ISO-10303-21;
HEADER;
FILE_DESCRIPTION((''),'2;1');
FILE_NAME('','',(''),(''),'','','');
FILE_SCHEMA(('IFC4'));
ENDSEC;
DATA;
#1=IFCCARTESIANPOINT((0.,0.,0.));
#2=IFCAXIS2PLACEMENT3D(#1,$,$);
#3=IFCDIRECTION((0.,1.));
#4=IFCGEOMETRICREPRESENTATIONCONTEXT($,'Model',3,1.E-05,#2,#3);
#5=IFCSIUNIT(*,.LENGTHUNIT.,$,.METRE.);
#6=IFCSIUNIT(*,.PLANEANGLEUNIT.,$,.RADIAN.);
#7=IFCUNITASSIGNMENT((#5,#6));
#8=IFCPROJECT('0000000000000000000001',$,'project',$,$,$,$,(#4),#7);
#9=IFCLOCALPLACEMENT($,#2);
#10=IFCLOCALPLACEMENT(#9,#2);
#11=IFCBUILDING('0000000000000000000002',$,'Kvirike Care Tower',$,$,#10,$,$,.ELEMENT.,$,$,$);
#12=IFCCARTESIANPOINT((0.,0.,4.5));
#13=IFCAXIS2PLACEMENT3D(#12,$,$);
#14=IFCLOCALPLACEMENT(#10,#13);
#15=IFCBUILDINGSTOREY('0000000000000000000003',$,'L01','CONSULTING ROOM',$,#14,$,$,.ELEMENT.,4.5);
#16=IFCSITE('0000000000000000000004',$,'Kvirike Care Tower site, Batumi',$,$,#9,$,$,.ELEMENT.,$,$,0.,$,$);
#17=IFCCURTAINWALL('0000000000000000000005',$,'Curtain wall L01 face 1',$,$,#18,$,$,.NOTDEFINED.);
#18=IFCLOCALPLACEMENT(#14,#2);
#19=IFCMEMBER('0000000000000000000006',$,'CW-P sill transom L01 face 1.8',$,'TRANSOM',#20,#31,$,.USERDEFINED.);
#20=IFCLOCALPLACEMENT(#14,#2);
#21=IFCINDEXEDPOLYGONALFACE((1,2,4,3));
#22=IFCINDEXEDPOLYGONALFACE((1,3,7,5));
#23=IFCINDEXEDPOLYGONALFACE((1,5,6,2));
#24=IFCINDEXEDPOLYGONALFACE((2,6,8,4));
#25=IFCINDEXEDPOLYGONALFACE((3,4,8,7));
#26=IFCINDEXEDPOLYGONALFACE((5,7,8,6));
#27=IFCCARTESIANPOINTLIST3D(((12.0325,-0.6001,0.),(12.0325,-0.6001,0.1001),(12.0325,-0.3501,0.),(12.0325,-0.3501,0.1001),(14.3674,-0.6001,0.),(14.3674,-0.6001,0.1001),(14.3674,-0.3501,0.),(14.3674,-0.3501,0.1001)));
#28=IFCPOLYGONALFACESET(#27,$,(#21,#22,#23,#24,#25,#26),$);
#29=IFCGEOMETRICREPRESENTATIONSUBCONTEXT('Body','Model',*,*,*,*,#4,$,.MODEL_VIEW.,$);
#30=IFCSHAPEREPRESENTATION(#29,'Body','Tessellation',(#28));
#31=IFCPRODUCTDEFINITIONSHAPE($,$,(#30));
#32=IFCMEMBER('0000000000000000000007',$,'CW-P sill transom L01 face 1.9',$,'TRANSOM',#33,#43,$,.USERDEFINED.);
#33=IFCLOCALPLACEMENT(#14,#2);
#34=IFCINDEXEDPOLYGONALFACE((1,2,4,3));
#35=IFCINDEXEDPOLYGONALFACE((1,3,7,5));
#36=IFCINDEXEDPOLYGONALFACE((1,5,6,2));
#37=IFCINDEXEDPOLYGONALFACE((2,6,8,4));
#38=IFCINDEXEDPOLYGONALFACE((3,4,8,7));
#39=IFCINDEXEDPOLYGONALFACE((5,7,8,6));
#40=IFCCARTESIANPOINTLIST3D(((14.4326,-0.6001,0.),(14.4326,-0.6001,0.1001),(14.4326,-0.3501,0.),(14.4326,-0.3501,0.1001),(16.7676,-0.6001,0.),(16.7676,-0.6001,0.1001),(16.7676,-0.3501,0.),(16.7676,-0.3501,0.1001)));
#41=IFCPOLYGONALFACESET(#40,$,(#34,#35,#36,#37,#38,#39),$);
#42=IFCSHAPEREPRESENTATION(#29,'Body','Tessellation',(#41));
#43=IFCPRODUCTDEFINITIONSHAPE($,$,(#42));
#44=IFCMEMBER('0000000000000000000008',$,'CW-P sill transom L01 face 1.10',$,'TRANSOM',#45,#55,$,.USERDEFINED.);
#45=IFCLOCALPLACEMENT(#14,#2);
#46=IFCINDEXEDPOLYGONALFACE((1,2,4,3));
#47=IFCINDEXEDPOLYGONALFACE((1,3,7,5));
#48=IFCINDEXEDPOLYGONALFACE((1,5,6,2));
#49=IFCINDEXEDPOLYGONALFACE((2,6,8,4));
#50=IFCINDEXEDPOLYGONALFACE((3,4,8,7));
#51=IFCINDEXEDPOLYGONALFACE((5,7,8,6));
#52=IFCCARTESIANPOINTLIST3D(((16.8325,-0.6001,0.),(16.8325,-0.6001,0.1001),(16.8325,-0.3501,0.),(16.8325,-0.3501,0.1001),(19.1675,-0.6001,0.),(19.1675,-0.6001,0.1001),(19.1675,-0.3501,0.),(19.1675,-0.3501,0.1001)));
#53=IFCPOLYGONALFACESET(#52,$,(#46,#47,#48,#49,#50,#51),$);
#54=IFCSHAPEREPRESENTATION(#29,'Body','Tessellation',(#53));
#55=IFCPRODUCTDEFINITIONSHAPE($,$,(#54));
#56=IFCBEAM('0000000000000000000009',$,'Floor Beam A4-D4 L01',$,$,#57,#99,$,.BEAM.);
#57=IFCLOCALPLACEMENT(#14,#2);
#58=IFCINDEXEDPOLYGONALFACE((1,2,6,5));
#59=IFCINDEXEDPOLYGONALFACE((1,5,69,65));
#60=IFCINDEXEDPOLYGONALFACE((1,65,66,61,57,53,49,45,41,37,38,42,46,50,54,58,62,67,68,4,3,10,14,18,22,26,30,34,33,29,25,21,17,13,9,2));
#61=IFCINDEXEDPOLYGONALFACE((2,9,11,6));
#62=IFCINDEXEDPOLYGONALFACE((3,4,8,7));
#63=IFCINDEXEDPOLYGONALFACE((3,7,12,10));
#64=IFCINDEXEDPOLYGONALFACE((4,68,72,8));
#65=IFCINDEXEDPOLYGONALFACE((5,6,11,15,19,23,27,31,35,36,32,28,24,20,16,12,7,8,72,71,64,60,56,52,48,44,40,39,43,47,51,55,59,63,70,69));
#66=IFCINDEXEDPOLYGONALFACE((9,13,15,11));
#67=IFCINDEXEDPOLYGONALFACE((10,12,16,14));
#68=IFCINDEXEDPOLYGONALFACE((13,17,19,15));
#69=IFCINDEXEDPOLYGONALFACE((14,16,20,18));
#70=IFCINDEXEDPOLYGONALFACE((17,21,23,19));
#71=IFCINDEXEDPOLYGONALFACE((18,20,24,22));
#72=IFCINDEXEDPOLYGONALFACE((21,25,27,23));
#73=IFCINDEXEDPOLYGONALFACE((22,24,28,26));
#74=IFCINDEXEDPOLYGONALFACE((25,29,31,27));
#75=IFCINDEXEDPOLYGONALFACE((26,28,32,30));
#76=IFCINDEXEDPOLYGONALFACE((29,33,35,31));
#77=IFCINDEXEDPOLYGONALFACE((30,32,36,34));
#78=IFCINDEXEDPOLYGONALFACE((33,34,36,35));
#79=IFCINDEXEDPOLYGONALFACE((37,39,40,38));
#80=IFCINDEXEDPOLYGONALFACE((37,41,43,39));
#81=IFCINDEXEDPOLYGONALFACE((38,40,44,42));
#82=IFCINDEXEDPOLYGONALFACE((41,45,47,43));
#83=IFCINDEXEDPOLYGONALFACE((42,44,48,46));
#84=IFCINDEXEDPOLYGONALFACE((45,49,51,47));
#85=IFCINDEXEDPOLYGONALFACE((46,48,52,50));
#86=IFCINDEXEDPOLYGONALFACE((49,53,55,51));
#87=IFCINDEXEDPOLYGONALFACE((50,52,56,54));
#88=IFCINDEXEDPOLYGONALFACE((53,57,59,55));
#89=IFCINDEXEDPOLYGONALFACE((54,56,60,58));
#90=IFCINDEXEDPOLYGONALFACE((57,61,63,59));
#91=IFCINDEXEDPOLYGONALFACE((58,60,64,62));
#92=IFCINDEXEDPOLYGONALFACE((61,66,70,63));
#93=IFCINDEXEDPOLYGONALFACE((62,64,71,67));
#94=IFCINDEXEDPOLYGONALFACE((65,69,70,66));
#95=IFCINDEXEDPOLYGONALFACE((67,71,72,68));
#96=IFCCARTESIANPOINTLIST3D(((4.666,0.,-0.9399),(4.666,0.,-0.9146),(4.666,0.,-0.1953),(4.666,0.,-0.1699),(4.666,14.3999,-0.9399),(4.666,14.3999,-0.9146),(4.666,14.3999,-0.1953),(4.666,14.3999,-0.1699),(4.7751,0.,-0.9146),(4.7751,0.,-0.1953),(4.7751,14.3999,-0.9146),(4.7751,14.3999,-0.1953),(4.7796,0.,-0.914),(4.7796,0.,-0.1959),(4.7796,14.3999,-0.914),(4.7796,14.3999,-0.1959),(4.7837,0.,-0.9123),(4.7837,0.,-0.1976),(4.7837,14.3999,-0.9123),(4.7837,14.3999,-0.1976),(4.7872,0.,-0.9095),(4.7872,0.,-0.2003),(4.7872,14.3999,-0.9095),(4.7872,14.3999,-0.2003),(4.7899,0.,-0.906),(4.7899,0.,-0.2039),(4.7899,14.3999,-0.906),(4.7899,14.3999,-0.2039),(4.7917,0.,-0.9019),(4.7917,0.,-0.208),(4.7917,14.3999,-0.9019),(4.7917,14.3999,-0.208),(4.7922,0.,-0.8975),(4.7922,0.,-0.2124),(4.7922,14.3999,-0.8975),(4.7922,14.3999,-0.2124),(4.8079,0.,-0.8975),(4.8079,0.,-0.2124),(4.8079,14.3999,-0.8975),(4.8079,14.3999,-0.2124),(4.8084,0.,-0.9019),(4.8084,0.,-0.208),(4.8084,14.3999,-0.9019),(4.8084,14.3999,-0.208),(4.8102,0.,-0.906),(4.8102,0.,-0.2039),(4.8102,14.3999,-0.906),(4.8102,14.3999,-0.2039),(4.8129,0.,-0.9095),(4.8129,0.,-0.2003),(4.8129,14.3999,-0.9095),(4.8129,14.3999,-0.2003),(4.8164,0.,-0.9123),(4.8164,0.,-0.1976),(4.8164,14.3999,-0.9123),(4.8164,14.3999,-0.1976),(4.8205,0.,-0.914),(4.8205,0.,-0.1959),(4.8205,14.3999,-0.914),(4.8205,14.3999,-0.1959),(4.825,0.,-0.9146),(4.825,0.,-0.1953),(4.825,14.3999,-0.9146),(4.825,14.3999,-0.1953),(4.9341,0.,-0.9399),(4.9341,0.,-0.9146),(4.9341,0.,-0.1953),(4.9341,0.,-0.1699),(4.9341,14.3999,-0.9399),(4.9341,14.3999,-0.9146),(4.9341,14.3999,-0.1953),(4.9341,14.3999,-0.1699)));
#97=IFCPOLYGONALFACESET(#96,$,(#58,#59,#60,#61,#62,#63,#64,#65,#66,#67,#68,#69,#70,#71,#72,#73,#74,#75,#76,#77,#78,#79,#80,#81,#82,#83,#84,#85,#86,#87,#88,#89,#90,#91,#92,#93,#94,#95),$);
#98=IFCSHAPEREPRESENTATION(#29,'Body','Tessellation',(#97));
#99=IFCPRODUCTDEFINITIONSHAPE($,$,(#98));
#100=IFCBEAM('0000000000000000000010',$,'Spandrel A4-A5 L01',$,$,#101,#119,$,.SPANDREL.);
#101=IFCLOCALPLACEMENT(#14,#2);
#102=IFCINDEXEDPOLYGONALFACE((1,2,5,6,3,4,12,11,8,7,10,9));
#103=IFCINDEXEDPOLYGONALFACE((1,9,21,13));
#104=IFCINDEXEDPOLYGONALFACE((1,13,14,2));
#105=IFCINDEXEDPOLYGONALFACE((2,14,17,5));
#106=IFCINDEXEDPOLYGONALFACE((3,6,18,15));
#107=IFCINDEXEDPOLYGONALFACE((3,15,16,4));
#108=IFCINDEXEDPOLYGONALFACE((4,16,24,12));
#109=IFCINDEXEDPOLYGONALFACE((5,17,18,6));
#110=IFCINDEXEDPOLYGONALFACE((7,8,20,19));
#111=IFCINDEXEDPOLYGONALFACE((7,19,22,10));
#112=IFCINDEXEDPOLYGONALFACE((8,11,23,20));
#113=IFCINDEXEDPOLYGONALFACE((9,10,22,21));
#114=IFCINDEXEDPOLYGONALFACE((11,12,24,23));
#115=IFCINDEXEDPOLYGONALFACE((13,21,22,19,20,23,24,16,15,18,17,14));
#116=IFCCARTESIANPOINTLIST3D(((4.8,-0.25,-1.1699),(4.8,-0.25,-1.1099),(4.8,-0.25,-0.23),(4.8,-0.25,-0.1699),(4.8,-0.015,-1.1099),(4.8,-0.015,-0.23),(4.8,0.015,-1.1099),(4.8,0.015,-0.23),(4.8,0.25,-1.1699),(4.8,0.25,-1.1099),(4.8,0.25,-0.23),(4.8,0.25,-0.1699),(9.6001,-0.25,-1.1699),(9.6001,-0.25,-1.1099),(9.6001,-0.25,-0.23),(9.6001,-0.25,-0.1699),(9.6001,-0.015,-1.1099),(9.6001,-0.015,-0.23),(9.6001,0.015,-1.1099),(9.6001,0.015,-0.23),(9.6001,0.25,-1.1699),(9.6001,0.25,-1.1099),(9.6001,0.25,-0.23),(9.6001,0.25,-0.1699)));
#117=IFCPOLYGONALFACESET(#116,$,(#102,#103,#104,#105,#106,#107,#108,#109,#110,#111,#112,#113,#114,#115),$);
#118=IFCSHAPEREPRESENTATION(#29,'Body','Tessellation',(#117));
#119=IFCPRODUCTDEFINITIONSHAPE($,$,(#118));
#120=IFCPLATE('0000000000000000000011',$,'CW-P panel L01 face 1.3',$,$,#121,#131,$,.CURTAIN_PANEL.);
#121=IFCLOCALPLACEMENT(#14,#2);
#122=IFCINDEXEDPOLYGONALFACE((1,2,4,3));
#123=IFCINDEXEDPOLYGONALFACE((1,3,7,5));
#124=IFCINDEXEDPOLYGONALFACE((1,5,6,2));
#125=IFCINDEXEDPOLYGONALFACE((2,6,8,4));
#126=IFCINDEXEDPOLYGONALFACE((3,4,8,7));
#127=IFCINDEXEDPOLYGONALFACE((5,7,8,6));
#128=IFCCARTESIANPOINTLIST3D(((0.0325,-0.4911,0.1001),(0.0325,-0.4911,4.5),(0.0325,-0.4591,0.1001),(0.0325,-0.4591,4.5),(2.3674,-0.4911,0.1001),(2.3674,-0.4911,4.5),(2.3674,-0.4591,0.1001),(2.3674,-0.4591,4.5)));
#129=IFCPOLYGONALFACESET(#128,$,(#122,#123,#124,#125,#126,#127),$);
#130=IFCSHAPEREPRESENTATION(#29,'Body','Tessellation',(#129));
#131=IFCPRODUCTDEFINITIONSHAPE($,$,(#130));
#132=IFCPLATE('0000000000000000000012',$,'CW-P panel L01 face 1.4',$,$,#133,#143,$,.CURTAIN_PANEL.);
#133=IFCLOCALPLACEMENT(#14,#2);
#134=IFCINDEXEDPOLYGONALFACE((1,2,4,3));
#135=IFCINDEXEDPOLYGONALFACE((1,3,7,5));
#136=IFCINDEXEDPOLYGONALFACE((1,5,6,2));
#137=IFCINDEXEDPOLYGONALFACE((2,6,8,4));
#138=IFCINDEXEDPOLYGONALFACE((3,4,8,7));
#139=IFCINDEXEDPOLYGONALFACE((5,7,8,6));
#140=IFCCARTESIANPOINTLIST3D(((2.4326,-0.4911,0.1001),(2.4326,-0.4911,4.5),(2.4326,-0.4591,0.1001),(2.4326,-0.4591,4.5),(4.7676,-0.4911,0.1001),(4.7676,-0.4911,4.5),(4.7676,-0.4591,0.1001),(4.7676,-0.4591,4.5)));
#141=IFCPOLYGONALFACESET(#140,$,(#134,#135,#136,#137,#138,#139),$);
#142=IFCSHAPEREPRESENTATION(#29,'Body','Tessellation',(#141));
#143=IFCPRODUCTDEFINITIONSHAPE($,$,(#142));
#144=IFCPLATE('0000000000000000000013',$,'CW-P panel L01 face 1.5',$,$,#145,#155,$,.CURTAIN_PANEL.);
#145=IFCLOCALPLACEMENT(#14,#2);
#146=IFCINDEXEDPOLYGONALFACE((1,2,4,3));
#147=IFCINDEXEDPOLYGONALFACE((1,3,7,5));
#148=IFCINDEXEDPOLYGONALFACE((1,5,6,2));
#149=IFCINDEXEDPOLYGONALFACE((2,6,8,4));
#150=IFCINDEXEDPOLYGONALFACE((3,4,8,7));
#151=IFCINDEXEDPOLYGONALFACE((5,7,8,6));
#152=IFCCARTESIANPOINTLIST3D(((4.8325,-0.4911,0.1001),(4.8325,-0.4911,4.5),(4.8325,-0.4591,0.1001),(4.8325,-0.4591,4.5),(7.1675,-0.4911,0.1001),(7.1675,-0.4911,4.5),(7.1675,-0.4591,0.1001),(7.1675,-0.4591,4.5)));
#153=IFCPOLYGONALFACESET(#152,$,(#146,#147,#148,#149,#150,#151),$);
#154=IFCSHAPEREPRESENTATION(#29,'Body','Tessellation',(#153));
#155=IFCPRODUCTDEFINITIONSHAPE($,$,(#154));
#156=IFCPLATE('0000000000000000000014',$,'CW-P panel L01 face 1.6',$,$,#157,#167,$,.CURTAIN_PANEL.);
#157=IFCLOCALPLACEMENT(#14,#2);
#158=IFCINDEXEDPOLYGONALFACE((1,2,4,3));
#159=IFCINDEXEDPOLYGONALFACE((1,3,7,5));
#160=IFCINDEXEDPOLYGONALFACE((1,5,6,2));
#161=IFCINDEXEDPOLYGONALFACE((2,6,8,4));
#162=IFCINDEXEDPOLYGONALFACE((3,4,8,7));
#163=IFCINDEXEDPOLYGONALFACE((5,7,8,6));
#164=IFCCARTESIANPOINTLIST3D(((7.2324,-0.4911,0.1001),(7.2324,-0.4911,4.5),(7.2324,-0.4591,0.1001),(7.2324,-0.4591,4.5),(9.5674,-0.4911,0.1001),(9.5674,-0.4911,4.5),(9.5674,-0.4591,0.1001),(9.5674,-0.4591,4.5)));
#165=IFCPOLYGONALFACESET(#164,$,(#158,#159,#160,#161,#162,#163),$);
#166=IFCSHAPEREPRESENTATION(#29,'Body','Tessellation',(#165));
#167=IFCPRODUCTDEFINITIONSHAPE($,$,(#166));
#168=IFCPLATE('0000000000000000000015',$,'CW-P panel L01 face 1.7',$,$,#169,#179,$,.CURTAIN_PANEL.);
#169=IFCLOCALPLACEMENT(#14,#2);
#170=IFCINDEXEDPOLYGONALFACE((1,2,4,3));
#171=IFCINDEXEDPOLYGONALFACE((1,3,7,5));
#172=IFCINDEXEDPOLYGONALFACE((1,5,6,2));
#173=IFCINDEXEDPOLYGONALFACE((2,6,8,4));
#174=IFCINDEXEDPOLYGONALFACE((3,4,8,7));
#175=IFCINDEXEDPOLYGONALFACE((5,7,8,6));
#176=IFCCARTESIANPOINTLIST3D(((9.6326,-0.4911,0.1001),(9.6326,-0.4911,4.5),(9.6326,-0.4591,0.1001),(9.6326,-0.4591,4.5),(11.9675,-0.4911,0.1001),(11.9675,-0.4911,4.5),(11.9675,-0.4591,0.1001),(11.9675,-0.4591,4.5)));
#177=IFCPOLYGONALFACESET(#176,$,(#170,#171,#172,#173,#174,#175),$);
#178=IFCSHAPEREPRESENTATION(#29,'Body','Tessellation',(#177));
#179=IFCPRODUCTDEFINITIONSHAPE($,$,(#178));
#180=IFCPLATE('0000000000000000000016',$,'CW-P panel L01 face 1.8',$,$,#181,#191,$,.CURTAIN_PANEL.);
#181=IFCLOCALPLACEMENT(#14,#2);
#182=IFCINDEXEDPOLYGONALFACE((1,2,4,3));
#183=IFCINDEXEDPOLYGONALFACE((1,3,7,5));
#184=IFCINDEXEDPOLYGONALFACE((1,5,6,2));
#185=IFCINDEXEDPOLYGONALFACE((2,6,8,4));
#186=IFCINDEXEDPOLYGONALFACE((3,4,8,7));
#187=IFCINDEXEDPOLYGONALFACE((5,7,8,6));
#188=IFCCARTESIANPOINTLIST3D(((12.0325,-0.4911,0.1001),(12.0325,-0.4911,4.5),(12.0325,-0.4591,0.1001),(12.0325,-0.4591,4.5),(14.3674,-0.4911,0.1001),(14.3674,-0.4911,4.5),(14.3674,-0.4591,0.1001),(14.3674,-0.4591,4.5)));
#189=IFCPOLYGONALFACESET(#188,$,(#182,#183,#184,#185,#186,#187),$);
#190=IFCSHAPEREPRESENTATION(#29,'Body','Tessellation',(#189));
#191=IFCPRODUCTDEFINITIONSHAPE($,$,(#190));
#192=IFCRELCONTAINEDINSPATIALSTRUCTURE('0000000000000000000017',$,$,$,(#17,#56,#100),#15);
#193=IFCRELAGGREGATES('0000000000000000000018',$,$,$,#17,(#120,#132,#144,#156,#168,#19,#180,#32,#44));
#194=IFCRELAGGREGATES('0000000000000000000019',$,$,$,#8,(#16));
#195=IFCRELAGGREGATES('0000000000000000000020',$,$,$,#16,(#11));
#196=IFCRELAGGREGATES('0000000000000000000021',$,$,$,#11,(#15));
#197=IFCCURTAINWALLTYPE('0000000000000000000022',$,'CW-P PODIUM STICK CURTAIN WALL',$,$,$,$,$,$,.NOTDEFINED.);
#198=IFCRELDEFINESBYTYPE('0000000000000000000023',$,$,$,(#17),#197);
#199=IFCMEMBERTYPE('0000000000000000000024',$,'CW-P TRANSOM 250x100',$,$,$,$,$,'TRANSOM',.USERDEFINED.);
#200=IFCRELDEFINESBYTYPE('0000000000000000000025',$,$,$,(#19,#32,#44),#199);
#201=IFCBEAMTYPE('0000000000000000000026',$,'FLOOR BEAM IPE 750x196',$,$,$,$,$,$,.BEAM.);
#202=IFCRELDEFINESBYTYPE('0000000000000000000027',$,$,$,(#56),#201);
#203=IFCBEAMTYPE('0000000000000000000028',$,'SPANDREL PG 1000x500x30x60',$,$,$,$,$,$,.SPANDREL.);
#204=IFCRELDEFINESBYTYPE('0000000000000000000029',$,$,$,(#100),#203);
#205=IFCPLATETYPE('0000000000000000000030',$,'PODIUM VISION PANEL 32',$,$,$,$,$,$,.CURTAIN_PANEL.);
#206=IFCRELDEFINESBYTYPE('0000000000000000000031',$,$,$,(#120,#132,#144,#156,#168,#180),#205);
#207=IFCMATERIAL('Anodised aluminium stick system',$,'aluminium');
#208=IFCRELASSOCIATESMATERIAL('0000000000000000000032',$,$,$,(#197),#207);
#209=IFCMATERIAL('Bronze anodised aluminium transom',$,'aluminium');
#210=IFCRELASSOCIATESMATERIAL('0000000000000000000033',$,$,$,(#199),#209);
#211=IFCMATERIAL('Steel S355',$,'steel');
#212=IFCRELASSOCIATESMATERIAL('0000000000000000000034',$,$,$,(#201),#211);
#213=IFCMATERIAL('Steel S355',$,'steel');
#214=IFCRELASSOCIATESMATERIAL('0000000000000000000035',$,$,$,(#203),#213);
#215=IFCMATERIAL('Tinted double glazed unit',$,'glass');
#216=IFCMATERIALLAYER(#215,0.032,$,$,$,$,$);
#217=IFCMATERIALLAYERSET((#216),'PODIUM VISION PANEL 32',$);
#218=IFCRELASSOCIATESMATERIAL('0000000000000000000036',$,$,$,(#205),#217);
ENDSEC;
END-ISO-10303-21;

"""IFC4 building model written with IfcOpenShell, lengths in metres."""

from ifc_helpers import new_model, si_unit, direction, frame, origin, origin_2d, place, context, subcontext, project, spatial, rectangle, i_section, extrude, material, layer, layer_set, material_profile, profile_set, type_object, element, aggregate, save


model = new_model("IFC4")

# Units and contexts
model_context = context("Model", 3, precision=1e-05, world=origin(), true_north=direction((0.0, 1.0)))
body_context = subcontext(model_context, "Body", "Model", "MODEL_VIEW")
ifc_project = project(units=[si_unit("LENGTHUNIT", "METRE"), si_unit("PLANEANGLEUNIT", "RADIAN")], contexts=[model_context])

# Site, building, storey
site_placement = place(None, origin())
site = spatial("IfcSite", under=ifc_project, at=site_placement, Name="Kvirike Care Tower site, Batumi", CompositionType="ELEMENT", RefElevation=0.0)
building_placement = place(site_placement, origin())
building = spatial("IfcBuilding", under=site, at=building_placement, Name="Kvirike Care Tower", CompositionType="ELEMENT")
storey_placement = place(building_placement, frame((0.0, 0.0, 4.5)))
storey = spatial("IfcBuildingStorey", under=building, at=storey_placement, Name="L01", Description="CONSULTING ROOM", CompositionType="ELEMENT", Elevation=4.5)

# Curtain wall, members
ifc_material_1 = material(Name="Anodised aluminium stick system", Category="aluminium")
curtain_wall_type = type_object("IfcCurtainWallType", Name="CW-P PODIUM STICK CURTAIN WALL", PredefinedType="NOTDEFINED", material=ifc_material_1)
curtain_wall_placement = place(storey_placement, origin())
curtain_wall = element("IfcCurtainWall", 1, at=curtain_wall_placement, inside=storey, type_object=curtain_wall_type, Name="Curtain wall L01 face 1", PredefinedType="NOTDEFINED")
ifc_material_2 = material(Name="Bronze anodised aluminium transom", Category="aluminium")
ifc_material_profile_1 = material_profile(ifc_material_2, rectangle(XDim=0.25, YDim=0.1001, at=origin_2d()), Name="CW-P TRANSOM 250x100")
ifc_profile_set_1 = profile_set([ifc_material_profile_1], Name="Bronze anodised aluminium transom")
member_type_1 = type_object("IfcMemberType", Name="CW-P TRANSOM 250x100", ElementType="TRANSOM", PredefinedType="USERDEFINED", material=ifc_profile_set_1)
member_1_placement = place(storey_placement, frame((12.0325, -0.4751, 0.05), z_axis=(1.0, 0.0, 0.0), x_axis=(0.0, 1.0, 0.0)))
member_1 = element("IfcMember", 2, at=member_1_placement, type_object=member_type_1, Name="CW-P sill transom L01 face 1.8", ObjectType="TRANSOM", PredefinedType="USERDEFINED", context=body_context, shape_type="SweptSolid", body=[
    extrude(rectangle(XDim=0.25, YDim=0.1001, at=origin_2d()), origin(), (0.0, 0.0, 1.0), 2.335),
])
member_2_placement = place(storey_placement, frame((14.4326, -0.4751, 0.05), z_axis=(1.0, 0.0, 0.0), x_axis=(0.0, 1.0, 0.0)))
member_2 = element("IfcMember", 3, at=member_2_placement, type_object=member_type_1, Name="CW-P sill transom L01 face 1.9", ObjectType="TRANSOM", PredefinedType="USERDEFINED", context=body_context, shape_type="SweptSolid", body=[
    extrude(rectangle(XDim=0.25, YDim=0.1001, at=origin_2d()), origin(), (0.0, 0.0, 1.0), 2.335),
])
member_3_placement = place(storey_placement, frame((16.8325, -0.4751, 0.05), z_axis=(1.0, 0.0, 0.0), x_axis=(0.0, 1.0, 0.0)))
member_3 = element("IfcMember", 4, at=member_3_placement, type_object=member_type_1, Name="CW-P sill transom L01 face 1.10", ObjectType="TRANSOM", PredefinedType="USERDEFINED", context=body_context, shape_type="SweptSolid", body=[
    extrude(rectangle(XDim=0.25, YDim=0.1001, at=origin_2d()), origin(), (0.0, 0.0, 1.0), 2.335),
])

# Beams
ifc_material_3 = material(Name="Steel S355", Category="steel")
ifc_material_profile_2 = material_profile(ifc_material_3, i_section(OverallWidth=0.2681, OverallDepth=0.77, WebThickness=0.0156, FlangeThickness=0.0254, FilletRadius=0.0171, at=origin_2d()), Name="IPE 750x196")
ifc_profile_set_2 = profile_set([ifc_material_profile_2], Name="Steel S355")
beam_type_1 = type_object("IfcBeamType", Name="FLOOR BEAM IPE 750x196", PredefinedType="BEAM", material=ifc_profile_set_2)
beam_1_placement = place(storey_placement, frame((4.8, 0.0, -0.5549), z_axis=(0.0, 1.0, 0.0), x_axis=(-1.0, 0.0, 0.0)))
element("IfcBeam", 5, at=beam_1_placement, inside=storey, type_object=beam_type_1, Name="Floor Beam A4-D4 L01", PredefinedType="BEAM", context=body_context, shape_type="SweptSolid", body=[
    extrude(i_section(OverallWidth=0.2681, OverallDepth=0.77, WebThickness=0.0156, FlangeThickness=0.0254, FilletRadius=0.0171, at=origin_2d()), origin(), (0.0, 0.0, 1.0), 14.3999),
])
ifc_material_4 = material(Name="Steel S355", Category="steel")
ifc_material_profile_3 = material_profile(ifc_material_4, i_section(OverallWidth=0.5, OverallDepth=1.0, WebThickness=0.03, FlangeThickness=0.0601, at=origin_2d()), Name="PG 1000x500x30x60")
ifc_profile_set_3 = profile_set([ifc_material_profile_3], Name="Steel S355")
beam_type_2 = type_object("IfcBeamType", Name="SPANDREL PG 1000x500x30x60", PredefinedType="SPANDREL", material=ifc_profile_set_3)
beam_2_placement = place(storey_placement, frame((4.8, 0.0, -0.6699), z_axis=(1.0, 0.0, 0.0), x_axis=(0.0, 1.0, 0.0)))
element("IfcBeam", 6, at=beam_2_placement, inside=storey, type_object=beam_type_2, Name="Spandrel A4-A5 L01", PredefinedType="SPANDREL", context=body_context, shape_type="SweptSolid", body=[
    extrude(i_section(OverallWidth=0.5, OverallDepth=1.0, WebThickness=0.03, FlangeThickness=0.0601, at=origin_2d()), origin(), (0.0, 0.0, 1.0), 4.8),
])

# Plates
ifc_material_5 = material(Name="Tinted double glazed unit", Category="glass")
ifc_layer = layer(ifc_material_5, 0.032)
ifc_layer_set = layer_set([ifc_layer], Name="PODIUM VISION PANEL 32")
plate_type = type_object("IfcPlateType", Name="PODIUM VISION PANEL 32", PredefinedType="CURTAIN_PANEL", material=ifc_layer_set)
plate_1_placement = place(storey_placement, frame((1.2, -0.4751, 0.1001), z_axis=(0.0, 0.0, 1.0), x_axis=(1.0, 0.0, 0.0)))
plate_1 = element("IfcPlate", 7, at=plate_1_placement, type_object=plate_type, Name="CW-P panel L01 face 1.3", PredefinedType="CURTAIN_PANEL", context=body_context, shape_type="SweptSolid", body=[
    extrude(rectangle(XDim=2.335, YDim=0.032, at=origin_2d()), origin(), (0.0, 0.0, 1.0), 4.3999),
])
plate_2_placement = place(storey_placement, frame((3.6001, -0.4751, 0.1001), z_axis=(0.0, 0.0, 1.0), x_axis=(1.0, 0.0, 0.0)))
plate_2 = element("IfcPlate", 8, at=plate_2_placement, type_object=plate_type, Name="CW-P panel L01 face 1.4", PredefinedType="CURTAIN_PANEL", context=body_context, shape_type="SweptSolid", body=[
    extrude(rectangle(XDim=2.335, YDim=0.032, at=origin_2d()), origin(), (0.0, 0.0, 1.0), 4.3999),
])
plate_3_placement = place(storey_placement, frame((6.0, -0.4751, 0.1001), z_axis=(0.0, 0.0, 1.0), x_axis=(1.0, 0.0, 0.0)))
plate_3 = element("IfcPlate", 9, at=plate_3_placement, type_object=plate_type, Name="CW-P panel L01 face 1.5", PredefinedType="CURTAIN_PANEL", context=body_context, shape_type="SweptSolid", body=[
    extrude(rectangle(XDim=2.335, YDim=0.032, at=origin_2d()), origin(), (0.0, 0.0, 1.0), 4.3999),
])
plate_4_placement = place(storey_placement, frame((8.3999, -0.4751, 0.1001), z_axis=(0.0, 0.0, 1.0), x_axis=(1.0, 0.0, 0.0)))
plate_4 = element("IfcPlate", 10, at=plate_4_placement, type_object=plate_type, Name="CW-P panel L01 face 1.6", PredefinedType="CURTAIN_PANEL", context=body_context, shape_type="SweptSolid", body=[
    extrude(rectangle(XDim=2.335, YDim=0.032, at=origin_2d()), origin(), (0.0, 0.0, 1.0), 4.3999),
])
plate_5_placement = place(storey_placement, frame((10.8, -0.4751, 0.1001), z_axis=(0.0, 0.0, 1.0), x_axis=(1.0, 0.0, 0.0)))
plate_5 = element("IfcPlate", 11, at=plate_5_placement, type_object=plate_type, Name="CW-P panel L01 face 1.7", PredefinedType="CURTAIN_PANEL", context=body_context, shape_type="SweptSolid", body=[
    extrude(rectangle(XDim=2.335, YDim=0.032, at=origin_2d()), origin(), (0.0, 0.0, 1.0), 4.3999),
])
plate_6_placement = place(storey_placement, frame((13.2, -0.4751, 0.1001), z_axis=(0.0, 0.0, 1.0), x_axis=(1.0, 0.0, 0.0)))
plate_6 = element("IfcPlate", 12, at=plate_6_placement, type_object=plate_type, Name="CW-P panel L01 face 1.8", PredefinedType="CURTAIN_PANEL", context=body_context, shape_type="SweptSolid", body=[
    extrude(rectangle(XDim=2.335, YDim=0.032, at=origin_2d()), origin(), (0.0, 0.0, 1.0), 4.3999),
])
aggregate(curtain_wall, [plate_1, plate_2, plate_3, plate_4, plate_5, member_1, plate_6, member_2, member_3])

save(model, "model.ifc")
